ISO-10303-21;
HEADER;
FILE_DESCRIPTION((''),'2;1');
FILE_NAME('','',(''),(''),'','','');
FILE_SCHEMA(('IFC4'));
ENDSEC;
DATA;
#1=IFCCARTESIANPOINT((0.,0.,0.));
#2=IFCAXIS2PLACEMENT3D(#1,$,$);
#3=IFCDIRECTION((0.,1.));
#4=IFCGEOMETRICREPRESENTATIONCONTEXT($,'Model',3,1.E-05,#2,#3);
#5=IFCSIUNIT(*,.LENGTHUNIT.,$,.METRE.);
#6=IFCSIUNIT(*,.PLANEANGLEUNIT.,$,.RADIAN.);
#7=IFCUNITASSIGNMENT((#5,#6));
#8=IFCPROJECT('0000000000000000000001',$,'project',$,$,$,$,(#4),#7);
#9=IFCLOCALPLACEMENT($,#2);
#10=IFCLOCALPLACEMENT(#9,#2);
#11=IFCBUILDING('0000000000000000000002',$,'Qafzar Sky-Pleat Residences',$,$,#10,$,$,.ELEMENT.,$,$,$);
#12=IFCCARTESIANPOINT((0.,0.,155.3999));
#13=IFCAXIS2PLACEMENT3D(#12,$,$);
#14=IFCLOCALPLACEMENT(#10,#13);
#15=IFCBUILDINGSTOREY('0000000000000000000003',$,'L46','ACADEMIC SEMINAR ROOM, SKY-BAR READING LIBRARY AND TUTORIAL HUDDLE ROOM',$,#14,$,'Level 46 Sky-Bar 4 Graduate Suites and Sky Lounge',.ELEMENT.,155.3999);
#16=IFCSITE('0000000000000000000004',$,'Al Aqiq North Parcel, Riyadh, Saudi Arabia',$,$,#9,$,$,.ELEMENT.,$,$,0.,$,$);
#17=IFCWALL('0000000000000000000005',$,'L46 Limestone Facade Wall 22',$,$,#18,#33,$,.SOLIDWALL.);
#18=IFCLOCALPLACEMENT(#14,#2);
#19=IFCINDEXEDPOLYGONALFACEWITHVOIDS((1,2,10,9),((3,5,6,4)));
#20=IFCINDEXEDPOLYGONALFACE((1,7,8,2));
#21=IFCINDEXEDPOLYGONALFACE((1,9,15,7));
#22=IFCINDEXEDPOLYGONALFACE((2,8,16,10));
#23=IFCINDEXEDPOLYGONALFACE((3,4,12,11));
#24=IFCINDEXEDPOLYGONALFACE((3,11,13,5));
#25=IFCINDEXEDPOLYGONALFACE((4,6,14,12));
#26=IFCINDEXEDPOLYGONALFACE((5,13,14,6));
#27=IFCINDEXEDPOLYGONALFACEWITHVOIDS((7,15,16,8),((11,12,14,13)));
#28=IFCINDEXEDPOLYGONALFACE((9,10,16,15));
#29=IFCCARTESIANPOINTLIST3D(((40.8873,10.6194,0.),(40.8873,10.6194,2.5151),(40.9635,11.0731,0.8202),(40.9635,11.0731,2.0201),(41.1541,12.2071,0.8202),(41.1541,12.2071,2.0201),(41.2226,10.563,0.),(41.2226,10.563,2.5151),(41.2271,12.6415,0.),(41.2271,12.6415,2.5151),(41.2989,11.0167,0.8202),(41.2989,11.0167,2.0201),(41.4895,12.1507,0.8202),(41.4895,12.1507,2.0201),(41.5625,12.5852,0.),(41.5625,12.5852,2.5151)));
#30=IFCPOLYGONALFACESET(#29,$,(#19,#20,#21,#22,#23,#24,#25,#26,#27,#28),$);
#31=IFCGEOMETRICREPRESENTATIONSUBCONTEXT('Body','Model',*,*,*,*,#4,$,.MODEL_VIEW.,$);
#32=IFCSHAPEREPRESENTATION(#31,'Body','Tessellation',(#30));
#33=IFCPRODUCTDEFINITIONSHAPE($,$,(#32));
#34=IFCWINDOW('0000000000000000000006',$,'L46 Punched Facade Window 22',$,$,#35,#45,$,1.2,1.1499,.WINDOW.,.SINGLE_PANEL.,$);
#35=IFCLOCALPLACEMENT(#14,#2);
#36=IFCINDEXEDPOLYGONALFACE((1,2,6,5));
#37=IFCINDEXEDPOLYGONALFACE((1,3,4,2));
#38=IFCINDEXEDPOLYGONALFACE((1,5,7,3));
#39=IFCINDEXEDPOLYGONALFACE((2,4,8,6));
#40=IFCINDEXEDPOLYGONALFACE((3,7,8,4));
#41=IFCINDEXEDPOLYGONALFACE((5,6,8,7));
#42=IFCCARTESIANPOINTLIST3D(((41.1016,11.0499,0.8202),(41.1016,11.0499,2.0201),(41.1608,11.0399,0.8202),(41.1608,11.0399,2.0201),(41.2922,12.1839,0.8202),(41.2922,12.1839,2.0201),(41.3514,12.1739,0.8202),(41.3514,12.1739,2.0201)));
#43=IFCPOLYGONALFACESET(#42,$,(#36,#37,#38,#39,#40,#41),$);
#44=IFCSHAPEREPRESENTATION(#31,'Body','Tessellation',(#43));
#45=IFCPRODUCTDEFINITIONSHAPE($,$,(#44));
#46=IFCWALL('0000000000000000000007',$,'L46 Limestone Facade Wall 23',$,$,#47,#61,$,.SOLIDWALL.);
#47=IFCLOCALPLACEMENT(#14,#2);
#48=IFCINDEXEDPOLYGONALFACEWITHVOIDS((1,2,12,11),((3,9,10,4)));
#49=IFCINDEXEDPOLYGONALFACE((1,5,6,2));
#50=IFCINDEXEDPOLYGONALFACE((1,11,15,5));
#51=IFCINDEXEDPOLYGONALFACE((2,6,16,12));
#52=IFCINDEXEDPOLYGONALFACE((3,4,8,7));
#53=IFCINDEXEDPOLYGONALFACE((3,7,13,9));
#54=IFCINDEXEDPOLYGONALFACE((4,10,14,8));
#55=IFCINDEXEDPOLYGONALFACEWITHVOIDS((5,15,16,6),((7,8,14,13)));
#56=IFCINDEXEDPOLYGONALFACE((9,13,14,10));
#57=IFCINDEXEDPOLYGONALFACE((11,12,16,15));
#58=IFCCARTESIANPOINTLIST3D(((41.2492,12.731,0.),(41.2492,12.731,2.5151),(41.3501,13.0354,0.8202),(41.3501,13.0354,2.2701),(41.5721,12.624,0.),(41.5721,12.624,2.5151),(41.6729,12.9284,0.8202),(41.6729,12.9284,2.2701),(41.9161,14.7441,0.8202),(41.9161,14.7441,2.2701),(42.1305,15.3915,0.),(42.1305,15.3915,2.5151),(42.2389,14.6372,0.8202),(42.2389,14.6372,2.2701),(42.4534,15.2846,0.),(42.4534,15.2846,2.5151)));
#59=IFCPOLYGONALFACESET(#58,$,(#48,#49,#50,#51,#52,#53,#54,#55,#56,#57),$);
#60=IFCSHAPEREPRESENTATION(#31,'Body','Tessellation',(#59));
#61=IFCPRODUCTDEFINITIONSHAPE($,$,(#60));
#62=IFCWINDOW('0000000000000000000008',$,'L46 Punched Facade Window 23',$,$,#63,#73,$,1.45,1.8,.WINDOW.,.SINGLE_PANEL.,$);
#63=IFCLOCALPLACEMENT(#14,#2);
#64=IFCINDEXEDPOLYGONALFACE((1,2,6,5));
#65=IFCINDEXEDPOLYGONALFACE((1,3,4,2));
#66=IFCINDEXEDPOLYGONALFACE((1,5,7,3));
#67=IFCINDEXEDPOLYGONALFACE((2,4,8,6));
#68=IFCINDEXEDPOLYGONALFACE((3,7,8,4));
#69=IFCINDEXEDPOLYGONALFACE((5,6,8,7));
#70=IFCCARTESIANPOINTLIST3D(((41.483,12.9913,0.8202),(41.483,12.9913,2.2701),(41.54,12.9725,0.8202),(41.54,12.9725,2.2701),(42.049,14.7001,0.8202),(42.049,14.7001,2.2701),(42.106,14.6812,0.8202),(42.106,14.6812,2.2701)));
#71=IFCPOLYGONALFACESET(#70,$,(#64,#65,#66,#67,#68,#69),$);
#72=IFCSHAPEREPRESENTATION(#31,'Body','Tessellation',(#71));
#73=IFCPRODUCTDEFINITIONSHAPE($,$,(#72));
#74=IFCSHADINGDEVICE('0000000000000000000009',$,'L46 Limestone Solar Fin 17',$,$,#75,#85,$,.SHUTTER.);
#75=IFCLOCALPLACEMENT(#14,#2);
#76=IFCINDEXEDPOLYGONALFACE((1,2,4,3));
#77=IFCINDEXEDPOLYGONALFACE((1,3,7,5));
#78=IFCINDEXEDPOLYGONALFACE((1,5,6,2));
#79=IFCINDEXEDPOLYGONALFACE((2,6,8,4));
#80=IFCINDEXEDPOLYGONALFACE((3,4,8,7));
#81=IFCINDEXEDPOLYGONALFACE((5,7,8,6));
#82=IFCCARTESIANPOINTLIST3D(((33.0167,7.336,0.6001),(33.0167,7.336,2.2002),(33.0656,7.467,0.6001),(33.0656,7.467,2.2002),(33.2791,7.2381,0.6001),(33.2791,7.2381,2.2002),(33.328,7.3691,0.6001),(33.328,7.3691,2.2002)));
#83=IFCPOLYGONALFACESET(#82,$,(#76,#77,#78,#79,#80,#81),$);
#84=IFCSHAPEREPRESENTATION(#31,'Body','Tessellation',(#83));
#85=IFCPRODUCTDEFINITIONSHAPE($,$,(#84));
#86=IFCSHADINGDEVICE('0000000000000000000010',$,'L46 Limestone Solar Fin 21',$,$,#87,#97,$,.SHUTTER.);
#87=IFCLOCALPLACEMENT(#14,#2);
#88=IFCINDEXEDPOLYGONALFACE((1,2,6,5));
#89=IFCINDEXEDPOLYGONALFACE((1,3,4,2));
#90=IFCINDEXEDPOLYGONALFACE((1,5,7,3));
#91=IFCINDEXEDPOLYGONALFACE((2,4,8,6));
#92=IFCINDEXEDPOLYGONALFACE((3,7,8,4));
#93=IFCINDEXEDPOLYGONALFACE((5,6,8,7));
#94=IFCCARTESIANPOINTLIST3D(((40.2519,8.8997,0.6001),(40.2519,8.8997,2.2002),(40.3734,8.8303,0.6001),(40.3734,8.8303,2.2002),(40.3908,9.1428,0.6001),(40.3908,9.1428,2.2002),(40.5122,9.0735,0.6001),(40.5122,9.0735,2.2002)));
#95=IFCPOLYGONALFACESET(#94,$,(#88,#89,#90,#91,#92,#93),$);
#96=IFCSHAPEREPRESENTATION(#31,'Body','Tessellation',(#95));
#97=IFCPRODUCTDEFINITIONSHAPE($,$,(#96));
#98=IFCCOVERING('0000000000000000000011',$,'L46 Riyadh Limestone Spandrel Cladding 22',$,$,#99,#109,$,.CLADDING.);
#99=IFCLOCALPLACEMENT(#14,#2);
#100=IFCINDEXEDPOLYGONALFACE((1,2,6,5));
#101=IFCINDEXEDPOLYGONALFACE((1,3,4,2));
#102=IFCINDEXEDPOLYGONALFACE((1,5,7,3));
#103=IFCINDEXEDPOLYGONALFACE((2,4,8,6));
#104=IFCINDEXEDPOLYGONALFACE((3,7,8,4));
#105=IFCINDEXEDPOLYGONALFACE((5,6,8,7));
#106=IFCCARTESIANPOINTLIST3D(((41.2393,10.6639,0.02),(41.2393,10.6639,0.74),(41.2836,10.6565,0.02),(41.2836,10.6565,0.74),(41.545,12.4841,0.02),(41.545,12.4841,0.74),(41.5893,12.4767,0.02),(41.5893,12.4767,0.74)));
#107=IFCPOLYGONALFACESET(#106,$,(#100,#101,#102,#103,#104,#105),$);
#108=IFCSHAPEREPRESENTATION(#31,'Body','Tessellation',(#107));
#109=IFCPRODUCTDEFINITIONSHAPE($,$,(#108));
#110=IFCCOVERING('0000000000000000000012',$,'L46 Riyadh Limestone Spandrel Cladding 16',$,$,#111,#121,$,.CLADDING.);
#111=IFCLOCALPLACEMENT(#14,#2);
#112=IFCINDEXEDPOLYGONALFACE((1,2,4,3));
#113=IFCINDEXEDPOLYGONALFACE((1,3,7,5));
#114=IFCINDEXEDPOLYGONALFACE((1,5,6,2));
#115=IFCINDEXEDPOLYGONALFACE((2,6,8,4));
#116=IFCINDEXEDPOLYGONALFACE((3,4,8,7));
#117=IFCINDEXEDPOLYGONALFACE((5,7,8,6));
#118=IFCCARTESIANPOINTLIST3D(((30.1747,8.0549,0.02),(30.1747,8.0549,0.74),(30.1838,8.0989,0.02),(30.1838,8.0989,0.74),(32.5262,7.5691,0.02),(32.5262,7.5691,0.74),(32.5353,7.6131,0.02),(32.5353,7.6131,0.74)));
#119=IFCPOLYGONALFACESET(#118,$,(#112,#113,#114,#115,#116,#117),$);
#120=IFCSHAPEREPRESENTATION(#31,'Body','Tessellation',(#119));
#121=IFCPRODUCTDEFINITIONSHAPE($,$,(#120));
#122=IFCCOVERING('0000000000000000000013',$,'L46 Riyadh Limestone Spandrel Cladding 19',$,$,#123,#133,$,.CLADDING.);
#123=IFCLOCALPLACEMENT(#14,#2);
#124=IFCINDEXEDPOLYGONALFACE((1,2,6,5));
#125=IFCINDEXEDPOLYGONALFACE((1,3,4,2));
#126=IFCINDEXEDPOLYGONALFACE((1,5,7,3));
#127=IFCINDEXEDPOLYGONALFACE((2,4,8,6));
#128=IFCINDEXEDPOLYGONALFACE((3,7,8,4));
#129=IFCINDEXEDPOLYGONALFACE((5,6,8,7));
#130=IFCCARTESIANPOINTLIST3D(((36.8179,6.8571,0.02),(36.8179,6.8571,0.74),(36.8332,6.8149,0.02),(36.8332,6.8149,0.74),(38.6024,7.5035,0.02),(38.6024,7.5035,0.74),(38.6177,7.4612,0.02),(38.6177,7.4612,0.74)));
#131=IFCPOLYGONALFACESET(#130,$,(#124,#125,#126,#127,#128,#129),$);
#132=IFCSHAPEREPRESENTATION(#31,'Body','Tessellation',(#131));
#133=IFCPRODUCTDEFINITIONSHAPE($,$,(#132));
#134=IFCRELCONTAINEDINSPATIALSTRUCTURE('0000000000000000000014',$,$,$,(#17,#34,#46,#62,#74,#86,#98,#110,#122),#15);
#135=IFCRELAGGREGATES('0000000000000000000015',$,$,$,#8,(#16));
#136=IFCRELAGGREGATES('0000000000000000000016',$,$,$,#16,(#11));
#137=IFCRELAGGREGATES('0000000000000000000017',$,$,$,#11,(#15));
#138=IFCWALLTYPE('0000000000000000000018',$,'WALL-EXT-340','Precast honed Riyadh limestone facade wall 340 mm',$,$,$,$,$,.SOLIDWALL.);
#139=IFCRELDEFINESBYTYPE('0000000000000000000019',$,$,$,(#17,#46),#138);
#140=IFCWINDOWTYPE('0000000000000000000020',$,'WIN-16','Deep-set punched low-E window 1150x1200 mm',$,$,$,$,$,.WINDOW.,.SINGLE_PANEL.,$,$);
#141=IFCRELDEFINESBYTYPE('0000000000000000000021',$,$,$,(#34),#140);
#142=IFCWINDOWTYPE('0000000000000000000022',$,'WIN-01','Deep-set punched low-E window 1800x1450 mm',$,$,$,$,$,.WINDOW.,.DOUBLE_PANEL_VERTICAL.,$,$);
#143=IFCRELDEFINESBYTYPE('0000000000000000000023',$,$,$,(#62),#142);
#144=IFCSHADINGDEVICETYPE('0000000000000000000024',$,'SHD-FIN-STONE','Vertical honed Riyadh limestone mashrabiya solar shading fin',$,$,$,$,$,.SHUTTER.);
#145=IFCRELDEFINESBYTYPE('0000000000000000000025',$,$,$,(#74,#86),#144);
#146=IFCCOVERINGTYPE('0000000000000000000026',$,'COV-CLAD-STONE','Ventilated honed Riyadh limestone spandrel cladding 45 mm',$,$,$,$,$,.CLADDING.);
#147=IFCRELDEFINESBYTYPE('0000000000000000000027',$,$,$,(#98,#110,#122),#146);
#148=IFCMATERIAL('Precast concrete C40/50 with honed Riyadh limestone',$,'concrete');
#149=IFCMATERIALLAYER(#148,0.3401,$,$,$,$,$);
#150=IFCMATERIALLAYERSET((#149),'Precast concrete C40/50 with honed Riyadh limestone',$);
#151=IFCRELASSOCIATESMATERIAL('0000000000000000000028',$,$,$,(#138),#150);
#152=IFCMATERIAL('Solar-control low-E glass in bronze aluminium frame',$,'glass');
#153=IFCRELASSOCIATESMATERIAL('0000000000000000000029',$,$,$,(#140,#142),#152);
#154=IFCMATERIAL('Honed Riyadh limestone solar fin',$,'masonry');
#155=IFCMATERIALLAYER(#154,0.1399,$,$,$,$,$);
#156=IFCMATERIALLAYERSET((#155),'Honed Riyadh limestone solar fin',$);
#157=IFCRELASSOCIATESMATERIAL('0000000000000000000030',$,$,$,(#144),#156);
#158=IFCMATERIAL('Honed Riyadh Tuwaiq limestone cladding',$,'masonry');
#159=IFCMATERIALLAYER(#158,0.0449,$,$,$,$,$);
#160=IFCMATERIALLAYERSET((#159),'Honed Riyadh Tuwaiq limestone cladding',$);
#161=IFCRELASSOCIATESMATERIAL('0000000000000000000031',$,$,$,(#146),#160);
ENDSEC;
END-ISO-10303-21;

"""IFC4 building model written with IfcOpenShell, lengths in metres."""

from ifc_helpers import new_model, si_unit, direction, frame, frame_2d, origin, origin_2d, place, context, subcontext, project, spatial, rectangle, extrude, source, transform, mapped, material, layer, layer_set, type_object, element, fill, save


model = new_model("IFC4")

# Units and contexts
model_context = context("Model", 3, precision=1e-05, world=origin(), true_north=direction((0.0, 1.0)))
body_context = subcontext(model_context, "Body", "Model", "MODEL_VIEW")
ifc_project = project(units=[si_unit("LENGTHUNIT", "METRE"), si_unit("PLANEANGLEUNIT", "RADIAN")], contexts=[model_context])

# Site, building, storey
site_placement = place(None, origin())
site = spatial("IfcSite", under=ifc_project, at=site_placement, Name="Al Aqiq North Parcel, Riyadh, Saudi Arabia", CompositionType="ELEMENT", RefElevation=0.0)
building_placement = place(site_placement, origin())
building = spatial("IfcBuilding", under=site, at=building_placement, Name="Qafzar Sky-Pleat Residences", CompositionType="ELEMENT")
storey_placement = place(building_placement, frame((0.0, 0.0, 155.3999)))
storey = spatial("IfcBuildingStorey", under=building, at=storey_placement, Name="L46", Description="ACADEMIC SEMINAR ROOM, SKY-BAR READING LIBRARY AND TUTORIAL HUDDLE ROOM", LongName="Level 46 Sky-Bar 4 Graduate Suites and Sky Lounge", CompositionType="ELEMENT", Elevation=155.3999)

# Walls, openings, windows
ifc_material_1 = material(Name="Precast concrete C40/50 with honed Riyadh limestone", Category="concrete")
ifc_layer_1 = layer(ifc_material_1, 0.3401)
ifc_layer_set_1 = layer_set([ifc_layer_1], Name="Precast concrete C40/50 with honed Riyadh limestone")
wall_type = type_object("IfcWallType", Name="WALL-EXT-340", Description="Precast honed Riyadh limestone facade wall 340 mm", PredefinedType="SOLIDWALL", material=ifc_layer_set_1)
ifc_material_2 = material(Name="Solar-control low-E glass in bronze aluminium frame", Category="glass")
wall_1_placement = place(storey_placement, frame((41.0549, 10.5911, 0.0), z_axis=(0.0, 0.0, 1.0), x_axis=(0.165731, 0.986171, 0.0)))
wall_1 = element("IfcWall", 1, at=wall_1_placement, inside=storey, type_object=wall_type, Name="L46 Limestone Facade Wall 22", PredefinedType="SOLIDWALL", context=body_context, shape_type="SweptSolid", body=[
    extrude(rectangle(XDim=2.0505, YDim=0.3401, at=frame_2d((1.0254, 0.0))), origin(), (0.0, 0.0, 1.0), 2.5151),
])
opening_1_placement = place(wall_1_placement, frame((0.4602, 0.0, 0.8201)))
opening_1 = element("IfcOpeningElement", 2, at=opening_1_placement, cuts=wall_1, PredefinedType="OPENING", context=body_context, shape_type="SweptSolid", body=[
    extrude(rectangle(XDim=1.1499, YDim=1.2, at=frame_2d((0.575, 0.6001))), frame((0.0, 0.1802, 0.0), z_axis=(0.0, -1.0, 0.0), x_axis=(1.0, 0.0, 0.0)), (0.0, 0.0, 1.0), 0.3601),
])
window_type_1 = type_object("IfcWindowType", Name="WIN-16", Description="Deep-set punched low-E window 1150x1200 mm", PartitioningType="SINGLE_PANEL", PredefinedType="WINDOW", material=ifc_material_2)
shared_shape_1 = source(origin(), body_context, "Body", "SweptSolid", [
    extrude(rectangle(XDim=1.1499, YDim=1.2, at=frame_2d((0.575, 0.6001))), frame((0.0, 0.03, 0.0), z_axis=(0.0, -1.0, 0.0), x_axis=(1.0, 0.0, 0.0)), (0.0, 0.0, 1.0), 0.0601),
])
window_1_placement = place(opening_1_placement, origin())
window_1 = element("IfcWindow", 3, at=window_1_placement, inside=storey, type_object=window_type_1, Name="L46 Punched Facade Window 22", OverallHeight=1.2, OverallWidth=1.1499, PartitioningType="SINGLE_PANEL", PredefinedType="WINDOW", context=body_context, shape_type="MappedRepresentation", body=[
    mapped(shared_shape_1, transform((0.0, 0.0, 0.0), x_axis=(1.0, 0.0, 0.0), y_axis=(0.0, 1.0, 0.0), z_axis=(0.0, 0.0, 1.0), scale=1.0)),
])
fill(opening_1, window_1)
wall_2_placement = place(storey_placement, frame((41.4106, 12.6775, 0.0), z_axis=(0.0, 0.0, 1.0), x_axis=(0.31445, 0.949274, 0.0)))
wall_2 = element("IfcWall", 4, at=wall_2_placement, inside=storey, type_object=wall_type, Name="L46 Limestone Facade Wall 23", PredefinedType="SOLIDWALL", context=body_context, shape_type="SweptSolid", body=[
    extrude(rectangle(XDim=2.8027, YDim=0.3401, at=frame_2d((1.4014, 0.0))), origin(), (0.0, 0.0, 1.0), 2.5151),
])
opening_2_placement = place(wall_2_placement, frame((0.3208, 0.0, 0.8201)))
opening_2 = element("IfcOpeningElement", 5, at=opening_2_placement, cuts=wall_2, PredefinedType="OPENING", context=body_context, shape_type="SweptSolid", body=[
    extrude(rectangle(XDim=1.8, YDim=1.45, at=frame_2d((0.8999, 0.7251))), frame((0.0, 0.1802, 0.0), z_axis=(0.0, -1.0, 0.0), x_axis=(1.0, 0.0, 0.0)), (0.0, 0.0, 1.0), 0.3601),
])
window_type_2 = type_object("IfcWindowType", Name="WIN-01", Description="Deep-set punched low-E window 1800x1450 mm", PartitioningType="DOUBLE_PANEL_VERTICAL", PredefinedType="WINDOW", material=ifc_material_2)
shared_shape_2 = source(origin(), body_context, "Body", "SweptSolid", [
    extrude(rectangle(XDim=1.8, YDim=1.45, at=frame_2d((0.8999, 0.7251))), frame((0.0, 0.03, 0.0), z_axis=(0.0, -1.0, 0.0), x_axis=(1.0, 0.0, 0.0)), (0.0, 0.0, 1.0), 0.0601),
])
window_2_placement = place(opening_2_placement, origin())
window_2 = element("IfcWindow", 6, at=window_2_placement, inside=storey, type_object=window_type_2, Name="L46 Punched Facade Window 23", OverallHeight=1.45, OverallWidth=1.8, PartitioningType="SINGLE_PANEL", PredefinedType="WINDOW", context=body_context, shape_type="MappedRepresentation", body=[
    mapped(shared_shape_2, transform((0.0, 0.0, 0.0), x_axis=(1.0, 0.0, 0.0), y_axis=(0.0, 1.0, 0.0), z_axis=(0.0, 0.0, 1.0), scale=1.0)),
])
fill(opening_2, window_2)

# Shading devices
ifc_material_3 = material(Name="Honed Riyadh limestone solar fin", Category="masonry")
ifc_layer_2 = layer(ifc_material_3, 0.1399)
ifc_layer_set_2 = layer_set([ifc_layer_2], Name="Honed Riyadh limestone solar fin")
shading_device_type = type_object("IfcShadingDeviceType", Name="SHD-FIN-STONE", Description="Vertical honed Riyadh limestone mashrabiya solar shading fin", PredefinedType="SHUTTER", material=ifc_layer_set_2)
shared_shape_3 = source(origin(), body_context, "Body", "SweptSolid", [
    extrude(rectangle(XDim=0.1399, YDim=0.28, at=origin_2d()), origin(), (0.0, 0.0, 1.0), 1.6001),
])
for number, where, z_axis, x_axis, name in (
    (7, (33.1724, 7.3525, 0.6001), (0.0, 0.0, 1.0), (-0.349592, -0.936902, 0.0), "L46 Limestone Solar Fin 17"),
    (8, (40.3821, 8.9866, 0.6001), (0.0, 0.0, 1.0), (0.868422, -0.495826, 0.0), "L46 Limestone Solar Fin 21"),
):
    element("IfcShadingDevice", number, at=place(storey_placement, frame(where, z_axis=z_axis, x_axis=x_axis)), inside=storey, type_object=shading_device_type, Name=name, PredefinedType="SHUTTER", context=body_context, shape_type="MappedRepresentation", body=[
        mapped(shared_shape_3, transform((0.0, 0.0, 0.0), x_axis=(1.0, 0.0, 0.0), y_axis=(0.0, 1.0, 0.0), z_axis=(0.0, 0.0, 1.0), scale=1.0)),
    ])

# Coverings
ifc_material_4 = material(Name="Honed Riyadh Tuwaiq limestone cladding", Category="masonry")
ifc_layer_3 = layer(ifc_material_4, 0.0449)
ifc_layer_set_3 = layer_set([ifc_layer_3], Name="Honed Riyadh Tuwaiq limestone cladding")
covering_type = type_object("IfcCoveringType", Name="COV-CLAD-STONE", Description="Ventilated honed Riyadh limestone spandrel cladding 45 mm", PredefinedType="CLADDING", material=ifc_layer_set_3)
shared_shape_4 = source(origin(), body_context, "Body", "SweptSolid", [
    extrude(rectangle(XDim=1.8457, YDim=0.0449, at=origin_2d()), origin(), (0.0, 0.0, 1.0), 0.72),
])
covering_1_placement = place(storey_placement, frame((41.4143, 11.5703, 0.02), z_axis=(0.0, 0.0, 1.0), x_axis=(0.165656, 0.986184, 0.0)))
element("IfcCovering", 9, at=covering_1_placement, inside=storey, type_object=covering_type, Name="L46 Riyadh Limestone Spandrel Cladding 22", PredefinedType="CLADDING", context=body_context, shape_type="MappedRepresentation", body=[
    mapped(shared_shape_4, transform((0.0, 0.0, 0.0), x_axis=(1.0, 0.0, 0.0), y_axis=(0.0, 1.0, 0.0), z_axis=(0.0, 0.0, 1.0), scale=1.0)),
])
shared_shape_5 = source(origin(), body_context, "Body", "SweptSolid", [
    extrude(rectangle(XDim=2.4011, YDim=0.0449, at=origin_2d()), origin(), (0.0, 0.0, 1.0), 0.72),
])
covering_2_placement = place(storey_placement, frame((31.355, 7.834, 0.02), z_axis=(0.0, 0.0, 1.0), x_axis=(0.979318, -0.202325, 0.0)))
element("IfcCovering", 10, at=covering_2_placement, inside=storey, type_object=covering_type, Name="L46 Riyadh Limestone Spandrel Cladding 16", PredefinedType="CLADDING", context=body_context, shape_type="MappedRepresentation", body=[
    mapped(shared_shape_5, transform((0.0, 0.0, 0.0), x_axis=(1.0, 0.0, 0.0), y_axis=(0.0, 1.0, 0.0), z_axis=(0.0, 0.0, 1.0), scale=1.0)),
])
shared_shape_6 = source(origin(), body_context, "Body", "SweptSolid", [
    extrude(rectangle(XDim=1.8979, YDim=0.0449, at=origin_2d()), origin(), (0.0, 0.0, 1.0), 0.72),
])
covering_3_placement = place(storey_placement, frame((37.7178, 7.1592, 0.02), z_axis=(0.0, 0.0, 1.0), x_axis=(0.940232, 0.340536, 0.0)))
element("IfcCovering", 11, at=covering_3_placement, inside=storey, type_object=covering_type, Name="L46 Riyadh Limestone Spandrel Cladding 19", PredefinedType="CLADDING", context=body_context, shape_type="MappedRepresentation", body=[
    mapped(shared_shape_6, transform((0.0, 0.0, 0.0), x_axis=(1.0, 0.0, 0.0), y_axis=(0.0, 1.0, 0.0), z_axis=(0.0, 0.0, 1.0), scale=1.0)),
])

save(model, "model.ifc")
